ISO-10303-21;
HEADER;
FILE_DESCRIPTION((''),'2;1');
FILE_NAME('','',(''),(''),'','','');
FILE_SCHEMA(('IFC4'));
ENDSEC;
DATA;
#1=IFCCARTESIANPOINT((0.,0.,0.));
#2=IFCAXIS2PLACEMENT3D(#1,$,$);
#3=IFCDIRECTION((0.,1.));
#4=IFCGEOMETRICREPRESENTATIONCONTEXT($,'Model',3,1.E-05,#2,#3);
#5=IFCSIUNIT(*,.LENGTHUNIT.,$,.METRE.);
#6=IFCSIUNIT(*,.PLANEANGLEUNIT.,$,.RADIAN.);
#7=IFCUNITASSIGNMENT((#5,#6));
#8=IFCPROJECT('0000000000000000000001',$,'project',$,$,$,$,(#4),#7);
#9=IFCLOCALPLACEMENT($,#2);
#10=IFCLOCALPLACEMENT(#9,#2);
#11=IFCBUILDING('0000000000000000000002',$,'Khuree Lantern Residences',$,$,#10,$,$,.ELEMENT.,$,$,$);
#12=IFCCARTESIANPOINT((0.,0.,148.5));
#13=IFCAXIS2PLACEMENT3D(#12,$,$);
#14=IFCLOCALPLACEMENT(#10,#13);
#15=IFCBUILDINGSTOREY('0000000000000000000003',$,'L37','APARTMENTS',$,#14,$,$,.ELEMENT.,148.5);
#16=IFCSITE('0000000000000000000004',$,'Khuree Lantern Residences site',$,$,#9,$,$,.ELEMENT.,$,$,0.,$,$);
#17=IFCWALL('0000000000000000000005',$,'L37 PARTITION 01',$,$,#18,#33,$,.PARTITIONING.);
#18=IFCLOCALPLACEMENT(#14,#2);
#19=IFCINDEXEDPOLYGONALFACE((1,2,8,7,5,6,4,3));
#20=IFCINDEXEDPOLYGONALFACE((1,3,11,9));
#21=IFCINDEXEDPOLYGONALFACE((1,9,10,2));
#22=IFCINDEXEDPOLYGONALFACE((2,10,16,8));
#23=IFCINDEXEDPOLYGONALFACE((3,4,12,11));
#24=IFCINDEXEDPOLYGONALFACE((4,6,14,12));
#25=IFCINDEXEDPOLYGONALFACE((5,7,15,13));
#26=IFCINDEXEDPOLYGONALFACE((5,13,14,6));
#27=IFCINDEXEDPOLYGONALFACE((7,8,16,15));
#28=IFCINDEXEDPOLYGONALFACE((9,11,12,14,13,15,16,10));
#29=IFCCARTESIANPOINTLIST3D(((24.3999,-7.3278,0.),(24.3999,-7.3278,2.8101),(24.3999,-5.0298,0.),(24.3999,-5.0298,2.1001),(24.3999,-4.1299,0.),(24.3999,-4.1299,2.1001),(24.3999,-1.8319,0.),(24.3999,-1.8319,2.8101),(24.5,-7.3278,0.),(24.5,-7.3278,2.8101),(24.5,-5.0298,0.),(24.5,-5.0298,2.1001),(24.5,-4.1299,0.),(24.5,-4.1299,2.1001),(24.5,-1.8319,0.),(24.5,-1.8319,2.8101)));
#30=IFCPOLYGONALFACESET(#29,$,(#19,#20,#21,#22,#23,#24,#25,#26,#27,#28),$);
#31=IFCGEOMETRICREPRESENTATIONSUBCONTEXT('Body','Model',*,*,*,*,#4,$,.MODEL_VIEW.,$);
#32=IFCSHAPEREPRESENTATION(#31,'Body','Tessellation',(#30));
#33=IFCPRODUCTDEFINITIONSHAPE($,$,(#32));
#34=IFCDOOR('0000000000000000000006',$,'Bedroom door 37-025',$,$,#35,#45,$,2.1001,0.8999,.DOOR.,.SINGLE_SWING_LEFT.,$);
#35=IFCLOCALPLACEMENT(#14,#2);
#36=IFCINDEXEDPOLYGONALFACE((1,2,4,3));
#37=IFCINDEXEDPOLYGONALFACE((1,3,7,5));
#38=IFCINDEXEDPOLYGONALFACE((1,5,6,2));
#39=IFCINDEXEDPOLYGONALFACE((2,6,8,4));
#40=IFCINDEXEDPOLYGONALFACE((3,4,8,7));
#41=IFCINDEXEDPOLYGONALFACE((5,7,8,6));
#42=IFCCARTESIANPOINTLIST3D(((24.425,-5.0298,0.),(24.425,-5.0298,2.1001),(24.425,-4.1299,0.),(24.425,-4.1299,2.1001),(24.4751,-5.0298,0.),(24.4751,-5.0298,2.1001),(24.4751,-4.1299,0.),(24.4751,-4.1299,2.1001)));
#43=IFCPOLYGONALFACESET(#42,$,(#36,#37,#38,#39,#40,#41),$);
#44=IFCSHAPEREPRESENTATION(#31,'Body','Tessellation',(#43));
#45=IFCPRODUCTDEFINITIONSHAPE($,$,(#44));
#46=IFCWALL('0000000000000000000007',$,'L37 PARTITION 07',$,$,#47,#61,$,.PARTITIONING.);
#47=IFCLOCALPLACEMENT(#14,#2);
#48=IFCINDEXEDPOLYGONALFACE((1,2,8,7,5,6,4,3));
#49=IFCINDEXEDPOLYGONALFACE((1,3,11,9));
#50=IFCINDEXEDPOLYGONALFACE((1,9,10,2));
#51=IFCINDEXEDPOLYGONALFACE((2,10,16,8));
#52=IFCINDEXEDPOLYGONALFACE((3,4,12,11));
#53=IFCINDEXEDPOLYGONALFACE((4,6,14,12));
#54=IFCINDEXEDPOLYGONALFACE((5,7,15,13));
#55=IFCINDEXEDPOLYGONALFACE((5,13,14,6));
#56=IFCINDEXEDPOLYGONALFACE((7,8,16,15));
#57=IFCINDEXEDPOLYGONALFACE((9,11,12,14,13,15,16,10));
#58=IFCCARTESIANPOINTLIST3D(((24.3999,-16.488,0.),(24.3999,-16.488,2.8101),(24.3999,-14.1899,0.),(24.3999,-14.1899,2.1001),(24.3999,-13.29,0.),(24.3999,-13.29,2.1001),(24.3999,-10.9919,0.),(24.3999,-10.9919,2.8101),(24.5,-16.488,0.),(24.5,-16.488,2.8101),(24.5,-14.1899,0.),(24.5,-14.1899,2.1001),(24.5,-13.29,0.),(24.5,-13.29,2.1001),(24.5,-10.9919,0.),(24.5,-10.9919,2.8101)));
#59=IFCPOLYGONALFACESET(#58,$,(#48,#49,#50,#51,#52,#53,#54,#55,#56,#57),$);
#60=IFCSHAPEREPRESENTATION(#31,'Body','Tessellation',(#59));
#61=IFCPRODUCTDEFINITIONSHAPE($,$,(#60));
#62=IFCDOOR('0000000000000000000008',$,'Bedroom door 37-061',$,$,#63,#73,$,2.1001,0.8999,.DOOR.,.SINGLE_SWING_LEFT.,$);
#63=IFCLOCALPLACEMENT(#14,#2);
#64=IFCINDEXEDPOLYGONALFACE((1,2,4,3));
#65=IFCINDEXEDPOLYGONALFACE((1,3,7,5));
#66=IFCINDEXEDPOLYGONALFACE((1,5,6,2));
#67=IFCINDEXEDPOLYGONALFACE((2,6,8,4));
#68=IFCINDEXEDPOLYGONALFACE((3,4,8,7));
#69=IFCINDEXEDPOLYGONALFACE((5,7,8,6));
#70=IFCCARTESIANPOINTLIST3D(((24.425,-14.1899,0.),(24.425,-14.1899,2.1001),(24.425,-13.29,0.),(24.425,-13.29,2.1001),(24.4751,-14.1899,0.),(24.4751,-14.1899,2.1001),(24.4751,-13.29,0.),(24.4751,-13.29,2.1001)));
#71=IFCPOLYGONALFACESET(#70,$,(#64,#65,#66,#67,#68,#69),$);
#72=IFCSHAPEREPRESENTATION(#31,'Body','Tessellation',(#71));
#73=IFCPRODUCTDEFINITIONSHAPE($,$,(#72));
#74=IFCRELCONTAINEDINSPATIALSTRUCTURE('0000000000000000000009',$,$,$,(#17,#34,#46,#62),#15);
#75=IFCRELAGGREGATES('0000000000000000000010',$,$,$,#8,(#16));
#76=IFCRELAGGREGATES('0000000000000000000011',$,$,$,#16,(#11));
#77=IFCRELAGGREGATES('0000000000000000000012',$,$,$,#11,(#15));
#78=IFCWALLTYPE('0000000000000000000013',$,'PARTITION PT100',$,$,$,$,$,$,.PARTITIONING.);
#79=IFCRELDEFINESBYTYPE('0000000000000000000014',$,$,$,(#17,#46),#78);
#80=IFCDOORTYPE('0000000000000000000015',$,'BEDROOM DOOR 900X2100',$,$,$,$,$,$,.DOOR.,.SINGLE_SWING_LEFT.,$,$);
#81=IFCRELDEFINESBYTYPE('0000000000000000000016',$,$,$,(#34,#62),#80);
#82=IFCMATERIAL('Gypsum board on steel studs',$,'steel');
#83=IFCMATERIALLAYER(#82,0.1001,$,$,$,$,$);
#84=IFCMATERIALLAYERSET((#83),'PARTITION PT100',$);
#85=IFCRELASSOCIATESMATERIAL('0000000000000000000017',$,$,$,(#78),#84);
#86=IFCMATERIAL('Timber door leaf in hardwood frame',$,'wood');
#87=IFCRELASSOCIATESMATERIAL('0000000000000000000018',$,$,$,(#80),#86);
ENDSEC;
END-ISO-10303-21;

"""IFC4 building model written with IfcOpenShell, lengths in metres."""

from ifc_helpers import new_model, si_unit, direction, frame, frame_2d, origin, place, context, subcontext, project, spatial, rectangle, extrude, material, layer, layer_set, type_object, element, fill, save


model = new_model("IFC4")

# Units and contexts
model_context = context("Model", 3, precision=1e-05, world=origin(), true_north=direction((0.0, 1.0)))
body_context = subcontext(model_context, "Body", "Model", "MODEL_VIEW")
ifc_project = project(units=[si_unit("LENGTHUNIT", "METRE"), si_unit("PLANEANGLEUNIT", "RADIAN")], contexts=[model_context])

# Site, building, storey
site_placement = place(None, origin())
site = spatial("IfcSite", under=ifc_project, at=site_placement, Name="Khuree Lantern Residences site", CompositionType="ELEMENT", RefElevation=0.0)
building_placement = place(site_placement, origin())
building = spatial("IfcBuilding", under=site, at=building_placement, Name="Khuree Lantern Residences", CompositionType="ELEMENT")
storey_placement = place(building_placement, frame((0.0, 0.0, 148.5)))
storey = spatial("IfcBuildingStorey", under=building, at=storey_placement, Name="L37", Description="APARTMENTS", CompositionType="ELEMENT", Elevation=148.5)

# Shared definitions
ifc_material_1 = material(Name="Timber door leaf in hardwood frame", Category="wood")

# Shared definitions
ifc_material_2 = material(Name="Gypsum board on steel studs", Category="steel")

# Shared definitions
ifc_layer_1 = layer(ifc_material_2, 0.1001)
ifc_layer_set_1 = layer_set([ifc_layer_1], Name="PARTITION PT100")
wall_type_1 = type_object("IfcWallType", Name="PARTITION PT100", PredefinedType="PARTITIONING", material=ifc_layer_set_1)

# Walls, openings, doors
wall_1_placement = place(storey_placement, frame((24.45, -7.3279, 0.0), z_axis=(0.0, 0.0, 1.0), x_axis=(0.0, 1.0, 0.0)))
wall_1 = element("IfcWall", 1, at=wall_1_placement, inside=storey, type_object=wall_type_1, Name="L37 PARTITION 01", PredefinedType="PARTITIONING", context=body_context, shape_type="SweptSolid", body=[
    extrude(rectangle(XDim=5.4958, YDim=0.1001, at=frame_2d((2.748, 0.0))), origin(), (0.0, 0.0, 1.0), 2.8101),
])
opening_1_placement = place(wall_1_placement, frame((2.2981, 0.0, 0.0)))
opening_1 = element("IfcOpeningElement", 2, at=opening_1_placement, cuts=wall_1, PredefinedType="OPENING", context=body_context, shape_type="SweptSolid", body=[
    extrude(rectangle(XDim=0.8999, YDim=2.1001, at=frame_2d((0.45, 1.05))), frame((0.0, 0.0601, 0.0), z_axis=(0.0, -1.0, 0.0), x_axis=(1.0, 0.0, 0.0)), (0.0, 0.0, 1.0), 0.1201),
])
door_type_1 = type_object("IfcDoorType", Name="BEDROOM DOOR 900X2100", OperationType="SINGLE_SWING_LEFT", PredefinedType="DOOR", material=ifc_material_1)
door_1_placement = place(opening_1_placement, origin())
door_1 = element("IfcDoor", 3, at=door_1_placement, inside=storey, type_object=door_type_1, Name="Bedroom door 37-025", OperationType="SINGLE_SWING_LEFT", OverallHeight=2.1001, OverallWidth=0.8999, PredefinedType="DOOR", context=body_context, shape_type="SweptSolid", body=[
    extrude(rectangle(XDim=0.8999, YDim=2.1001, at=frame_2d((0.45, 1.05))), frame((0.0, 0.0249, 0.0), z_axis=(0.0, -1.0, 0.0), x_axis=(1.0, 0.0, 0.0)), (0.0, 0.0, 1.0), 0.05),
])
fill(opening_1, door_1)
wall_2_placement = place(storey_placement, frame((24.45, -16.488, 0.0), z_axis=(0.0, 0.0, 1.0), x_axis=(0.0, 1.0, 0.0)))
wall_2 = element("IfcWall", 4, at=wall_2_placement, inside=storey, type_object=wall_type_1, Name="L37 PARTITION 07", PredefinedType="PARTITIONING", context=body_context, shape_type="SweptSolid", body=[
    extrude(rectangle(XDim=5.4961, YDim=0.1001, at=frame_2d((2.748, 0.0))), origin(), (0.0, 0.0, 1.0), 2.8101),
])
opening_2_placement = place(wall_2_placement, frame((2.2981, 0.0, 0.0)))
opening_2 = element("IfcOpeningElement", 5, at=opening_2_placement, cuts=wall_2, PredefinedType="OPENING", context=body_context, shape_type="SweptSolid", body=[
    extrude(rectangle(XDim=0.8999, YDim=2.1001, at=frame_2d((0.45, 1.05))), frame((0.0, 0.0601, 0.0), z_axis=(0.0, -1.0, 0.0), x_axis=(1.0, 0.0, 0.0)), (0.0, 0.0, 1.0), 0.1201),
])
door_2_placement = place(opening_2_placement, origin())
door_2 = element("IfcDoor", 6, at=door_2_placement, inside=storey, type_object=door_type_1, Name="Bedroom door 37-061", OperationType="SINGLE_SWING_LEFT", OverallHeight=2.1001, OverallWidth=0.8999, PredefinedType="DOOR", context=body_context, shape_type="SweptSolid", body=[
    extrude(rectangle(XDim=0.8999, YDim=2.1001, at=frame_2d((0.45, 1.05))), frame((0.0, 0.0249, 0.0), z_axis=(0.0, -1.0, 0.0), x_axis=(1.0, 0.0, 0.0)), (0.0, 0.0, 1.0), 0.05),
])
fill(opening_2, door_2)

save(model, "model.ifc")
